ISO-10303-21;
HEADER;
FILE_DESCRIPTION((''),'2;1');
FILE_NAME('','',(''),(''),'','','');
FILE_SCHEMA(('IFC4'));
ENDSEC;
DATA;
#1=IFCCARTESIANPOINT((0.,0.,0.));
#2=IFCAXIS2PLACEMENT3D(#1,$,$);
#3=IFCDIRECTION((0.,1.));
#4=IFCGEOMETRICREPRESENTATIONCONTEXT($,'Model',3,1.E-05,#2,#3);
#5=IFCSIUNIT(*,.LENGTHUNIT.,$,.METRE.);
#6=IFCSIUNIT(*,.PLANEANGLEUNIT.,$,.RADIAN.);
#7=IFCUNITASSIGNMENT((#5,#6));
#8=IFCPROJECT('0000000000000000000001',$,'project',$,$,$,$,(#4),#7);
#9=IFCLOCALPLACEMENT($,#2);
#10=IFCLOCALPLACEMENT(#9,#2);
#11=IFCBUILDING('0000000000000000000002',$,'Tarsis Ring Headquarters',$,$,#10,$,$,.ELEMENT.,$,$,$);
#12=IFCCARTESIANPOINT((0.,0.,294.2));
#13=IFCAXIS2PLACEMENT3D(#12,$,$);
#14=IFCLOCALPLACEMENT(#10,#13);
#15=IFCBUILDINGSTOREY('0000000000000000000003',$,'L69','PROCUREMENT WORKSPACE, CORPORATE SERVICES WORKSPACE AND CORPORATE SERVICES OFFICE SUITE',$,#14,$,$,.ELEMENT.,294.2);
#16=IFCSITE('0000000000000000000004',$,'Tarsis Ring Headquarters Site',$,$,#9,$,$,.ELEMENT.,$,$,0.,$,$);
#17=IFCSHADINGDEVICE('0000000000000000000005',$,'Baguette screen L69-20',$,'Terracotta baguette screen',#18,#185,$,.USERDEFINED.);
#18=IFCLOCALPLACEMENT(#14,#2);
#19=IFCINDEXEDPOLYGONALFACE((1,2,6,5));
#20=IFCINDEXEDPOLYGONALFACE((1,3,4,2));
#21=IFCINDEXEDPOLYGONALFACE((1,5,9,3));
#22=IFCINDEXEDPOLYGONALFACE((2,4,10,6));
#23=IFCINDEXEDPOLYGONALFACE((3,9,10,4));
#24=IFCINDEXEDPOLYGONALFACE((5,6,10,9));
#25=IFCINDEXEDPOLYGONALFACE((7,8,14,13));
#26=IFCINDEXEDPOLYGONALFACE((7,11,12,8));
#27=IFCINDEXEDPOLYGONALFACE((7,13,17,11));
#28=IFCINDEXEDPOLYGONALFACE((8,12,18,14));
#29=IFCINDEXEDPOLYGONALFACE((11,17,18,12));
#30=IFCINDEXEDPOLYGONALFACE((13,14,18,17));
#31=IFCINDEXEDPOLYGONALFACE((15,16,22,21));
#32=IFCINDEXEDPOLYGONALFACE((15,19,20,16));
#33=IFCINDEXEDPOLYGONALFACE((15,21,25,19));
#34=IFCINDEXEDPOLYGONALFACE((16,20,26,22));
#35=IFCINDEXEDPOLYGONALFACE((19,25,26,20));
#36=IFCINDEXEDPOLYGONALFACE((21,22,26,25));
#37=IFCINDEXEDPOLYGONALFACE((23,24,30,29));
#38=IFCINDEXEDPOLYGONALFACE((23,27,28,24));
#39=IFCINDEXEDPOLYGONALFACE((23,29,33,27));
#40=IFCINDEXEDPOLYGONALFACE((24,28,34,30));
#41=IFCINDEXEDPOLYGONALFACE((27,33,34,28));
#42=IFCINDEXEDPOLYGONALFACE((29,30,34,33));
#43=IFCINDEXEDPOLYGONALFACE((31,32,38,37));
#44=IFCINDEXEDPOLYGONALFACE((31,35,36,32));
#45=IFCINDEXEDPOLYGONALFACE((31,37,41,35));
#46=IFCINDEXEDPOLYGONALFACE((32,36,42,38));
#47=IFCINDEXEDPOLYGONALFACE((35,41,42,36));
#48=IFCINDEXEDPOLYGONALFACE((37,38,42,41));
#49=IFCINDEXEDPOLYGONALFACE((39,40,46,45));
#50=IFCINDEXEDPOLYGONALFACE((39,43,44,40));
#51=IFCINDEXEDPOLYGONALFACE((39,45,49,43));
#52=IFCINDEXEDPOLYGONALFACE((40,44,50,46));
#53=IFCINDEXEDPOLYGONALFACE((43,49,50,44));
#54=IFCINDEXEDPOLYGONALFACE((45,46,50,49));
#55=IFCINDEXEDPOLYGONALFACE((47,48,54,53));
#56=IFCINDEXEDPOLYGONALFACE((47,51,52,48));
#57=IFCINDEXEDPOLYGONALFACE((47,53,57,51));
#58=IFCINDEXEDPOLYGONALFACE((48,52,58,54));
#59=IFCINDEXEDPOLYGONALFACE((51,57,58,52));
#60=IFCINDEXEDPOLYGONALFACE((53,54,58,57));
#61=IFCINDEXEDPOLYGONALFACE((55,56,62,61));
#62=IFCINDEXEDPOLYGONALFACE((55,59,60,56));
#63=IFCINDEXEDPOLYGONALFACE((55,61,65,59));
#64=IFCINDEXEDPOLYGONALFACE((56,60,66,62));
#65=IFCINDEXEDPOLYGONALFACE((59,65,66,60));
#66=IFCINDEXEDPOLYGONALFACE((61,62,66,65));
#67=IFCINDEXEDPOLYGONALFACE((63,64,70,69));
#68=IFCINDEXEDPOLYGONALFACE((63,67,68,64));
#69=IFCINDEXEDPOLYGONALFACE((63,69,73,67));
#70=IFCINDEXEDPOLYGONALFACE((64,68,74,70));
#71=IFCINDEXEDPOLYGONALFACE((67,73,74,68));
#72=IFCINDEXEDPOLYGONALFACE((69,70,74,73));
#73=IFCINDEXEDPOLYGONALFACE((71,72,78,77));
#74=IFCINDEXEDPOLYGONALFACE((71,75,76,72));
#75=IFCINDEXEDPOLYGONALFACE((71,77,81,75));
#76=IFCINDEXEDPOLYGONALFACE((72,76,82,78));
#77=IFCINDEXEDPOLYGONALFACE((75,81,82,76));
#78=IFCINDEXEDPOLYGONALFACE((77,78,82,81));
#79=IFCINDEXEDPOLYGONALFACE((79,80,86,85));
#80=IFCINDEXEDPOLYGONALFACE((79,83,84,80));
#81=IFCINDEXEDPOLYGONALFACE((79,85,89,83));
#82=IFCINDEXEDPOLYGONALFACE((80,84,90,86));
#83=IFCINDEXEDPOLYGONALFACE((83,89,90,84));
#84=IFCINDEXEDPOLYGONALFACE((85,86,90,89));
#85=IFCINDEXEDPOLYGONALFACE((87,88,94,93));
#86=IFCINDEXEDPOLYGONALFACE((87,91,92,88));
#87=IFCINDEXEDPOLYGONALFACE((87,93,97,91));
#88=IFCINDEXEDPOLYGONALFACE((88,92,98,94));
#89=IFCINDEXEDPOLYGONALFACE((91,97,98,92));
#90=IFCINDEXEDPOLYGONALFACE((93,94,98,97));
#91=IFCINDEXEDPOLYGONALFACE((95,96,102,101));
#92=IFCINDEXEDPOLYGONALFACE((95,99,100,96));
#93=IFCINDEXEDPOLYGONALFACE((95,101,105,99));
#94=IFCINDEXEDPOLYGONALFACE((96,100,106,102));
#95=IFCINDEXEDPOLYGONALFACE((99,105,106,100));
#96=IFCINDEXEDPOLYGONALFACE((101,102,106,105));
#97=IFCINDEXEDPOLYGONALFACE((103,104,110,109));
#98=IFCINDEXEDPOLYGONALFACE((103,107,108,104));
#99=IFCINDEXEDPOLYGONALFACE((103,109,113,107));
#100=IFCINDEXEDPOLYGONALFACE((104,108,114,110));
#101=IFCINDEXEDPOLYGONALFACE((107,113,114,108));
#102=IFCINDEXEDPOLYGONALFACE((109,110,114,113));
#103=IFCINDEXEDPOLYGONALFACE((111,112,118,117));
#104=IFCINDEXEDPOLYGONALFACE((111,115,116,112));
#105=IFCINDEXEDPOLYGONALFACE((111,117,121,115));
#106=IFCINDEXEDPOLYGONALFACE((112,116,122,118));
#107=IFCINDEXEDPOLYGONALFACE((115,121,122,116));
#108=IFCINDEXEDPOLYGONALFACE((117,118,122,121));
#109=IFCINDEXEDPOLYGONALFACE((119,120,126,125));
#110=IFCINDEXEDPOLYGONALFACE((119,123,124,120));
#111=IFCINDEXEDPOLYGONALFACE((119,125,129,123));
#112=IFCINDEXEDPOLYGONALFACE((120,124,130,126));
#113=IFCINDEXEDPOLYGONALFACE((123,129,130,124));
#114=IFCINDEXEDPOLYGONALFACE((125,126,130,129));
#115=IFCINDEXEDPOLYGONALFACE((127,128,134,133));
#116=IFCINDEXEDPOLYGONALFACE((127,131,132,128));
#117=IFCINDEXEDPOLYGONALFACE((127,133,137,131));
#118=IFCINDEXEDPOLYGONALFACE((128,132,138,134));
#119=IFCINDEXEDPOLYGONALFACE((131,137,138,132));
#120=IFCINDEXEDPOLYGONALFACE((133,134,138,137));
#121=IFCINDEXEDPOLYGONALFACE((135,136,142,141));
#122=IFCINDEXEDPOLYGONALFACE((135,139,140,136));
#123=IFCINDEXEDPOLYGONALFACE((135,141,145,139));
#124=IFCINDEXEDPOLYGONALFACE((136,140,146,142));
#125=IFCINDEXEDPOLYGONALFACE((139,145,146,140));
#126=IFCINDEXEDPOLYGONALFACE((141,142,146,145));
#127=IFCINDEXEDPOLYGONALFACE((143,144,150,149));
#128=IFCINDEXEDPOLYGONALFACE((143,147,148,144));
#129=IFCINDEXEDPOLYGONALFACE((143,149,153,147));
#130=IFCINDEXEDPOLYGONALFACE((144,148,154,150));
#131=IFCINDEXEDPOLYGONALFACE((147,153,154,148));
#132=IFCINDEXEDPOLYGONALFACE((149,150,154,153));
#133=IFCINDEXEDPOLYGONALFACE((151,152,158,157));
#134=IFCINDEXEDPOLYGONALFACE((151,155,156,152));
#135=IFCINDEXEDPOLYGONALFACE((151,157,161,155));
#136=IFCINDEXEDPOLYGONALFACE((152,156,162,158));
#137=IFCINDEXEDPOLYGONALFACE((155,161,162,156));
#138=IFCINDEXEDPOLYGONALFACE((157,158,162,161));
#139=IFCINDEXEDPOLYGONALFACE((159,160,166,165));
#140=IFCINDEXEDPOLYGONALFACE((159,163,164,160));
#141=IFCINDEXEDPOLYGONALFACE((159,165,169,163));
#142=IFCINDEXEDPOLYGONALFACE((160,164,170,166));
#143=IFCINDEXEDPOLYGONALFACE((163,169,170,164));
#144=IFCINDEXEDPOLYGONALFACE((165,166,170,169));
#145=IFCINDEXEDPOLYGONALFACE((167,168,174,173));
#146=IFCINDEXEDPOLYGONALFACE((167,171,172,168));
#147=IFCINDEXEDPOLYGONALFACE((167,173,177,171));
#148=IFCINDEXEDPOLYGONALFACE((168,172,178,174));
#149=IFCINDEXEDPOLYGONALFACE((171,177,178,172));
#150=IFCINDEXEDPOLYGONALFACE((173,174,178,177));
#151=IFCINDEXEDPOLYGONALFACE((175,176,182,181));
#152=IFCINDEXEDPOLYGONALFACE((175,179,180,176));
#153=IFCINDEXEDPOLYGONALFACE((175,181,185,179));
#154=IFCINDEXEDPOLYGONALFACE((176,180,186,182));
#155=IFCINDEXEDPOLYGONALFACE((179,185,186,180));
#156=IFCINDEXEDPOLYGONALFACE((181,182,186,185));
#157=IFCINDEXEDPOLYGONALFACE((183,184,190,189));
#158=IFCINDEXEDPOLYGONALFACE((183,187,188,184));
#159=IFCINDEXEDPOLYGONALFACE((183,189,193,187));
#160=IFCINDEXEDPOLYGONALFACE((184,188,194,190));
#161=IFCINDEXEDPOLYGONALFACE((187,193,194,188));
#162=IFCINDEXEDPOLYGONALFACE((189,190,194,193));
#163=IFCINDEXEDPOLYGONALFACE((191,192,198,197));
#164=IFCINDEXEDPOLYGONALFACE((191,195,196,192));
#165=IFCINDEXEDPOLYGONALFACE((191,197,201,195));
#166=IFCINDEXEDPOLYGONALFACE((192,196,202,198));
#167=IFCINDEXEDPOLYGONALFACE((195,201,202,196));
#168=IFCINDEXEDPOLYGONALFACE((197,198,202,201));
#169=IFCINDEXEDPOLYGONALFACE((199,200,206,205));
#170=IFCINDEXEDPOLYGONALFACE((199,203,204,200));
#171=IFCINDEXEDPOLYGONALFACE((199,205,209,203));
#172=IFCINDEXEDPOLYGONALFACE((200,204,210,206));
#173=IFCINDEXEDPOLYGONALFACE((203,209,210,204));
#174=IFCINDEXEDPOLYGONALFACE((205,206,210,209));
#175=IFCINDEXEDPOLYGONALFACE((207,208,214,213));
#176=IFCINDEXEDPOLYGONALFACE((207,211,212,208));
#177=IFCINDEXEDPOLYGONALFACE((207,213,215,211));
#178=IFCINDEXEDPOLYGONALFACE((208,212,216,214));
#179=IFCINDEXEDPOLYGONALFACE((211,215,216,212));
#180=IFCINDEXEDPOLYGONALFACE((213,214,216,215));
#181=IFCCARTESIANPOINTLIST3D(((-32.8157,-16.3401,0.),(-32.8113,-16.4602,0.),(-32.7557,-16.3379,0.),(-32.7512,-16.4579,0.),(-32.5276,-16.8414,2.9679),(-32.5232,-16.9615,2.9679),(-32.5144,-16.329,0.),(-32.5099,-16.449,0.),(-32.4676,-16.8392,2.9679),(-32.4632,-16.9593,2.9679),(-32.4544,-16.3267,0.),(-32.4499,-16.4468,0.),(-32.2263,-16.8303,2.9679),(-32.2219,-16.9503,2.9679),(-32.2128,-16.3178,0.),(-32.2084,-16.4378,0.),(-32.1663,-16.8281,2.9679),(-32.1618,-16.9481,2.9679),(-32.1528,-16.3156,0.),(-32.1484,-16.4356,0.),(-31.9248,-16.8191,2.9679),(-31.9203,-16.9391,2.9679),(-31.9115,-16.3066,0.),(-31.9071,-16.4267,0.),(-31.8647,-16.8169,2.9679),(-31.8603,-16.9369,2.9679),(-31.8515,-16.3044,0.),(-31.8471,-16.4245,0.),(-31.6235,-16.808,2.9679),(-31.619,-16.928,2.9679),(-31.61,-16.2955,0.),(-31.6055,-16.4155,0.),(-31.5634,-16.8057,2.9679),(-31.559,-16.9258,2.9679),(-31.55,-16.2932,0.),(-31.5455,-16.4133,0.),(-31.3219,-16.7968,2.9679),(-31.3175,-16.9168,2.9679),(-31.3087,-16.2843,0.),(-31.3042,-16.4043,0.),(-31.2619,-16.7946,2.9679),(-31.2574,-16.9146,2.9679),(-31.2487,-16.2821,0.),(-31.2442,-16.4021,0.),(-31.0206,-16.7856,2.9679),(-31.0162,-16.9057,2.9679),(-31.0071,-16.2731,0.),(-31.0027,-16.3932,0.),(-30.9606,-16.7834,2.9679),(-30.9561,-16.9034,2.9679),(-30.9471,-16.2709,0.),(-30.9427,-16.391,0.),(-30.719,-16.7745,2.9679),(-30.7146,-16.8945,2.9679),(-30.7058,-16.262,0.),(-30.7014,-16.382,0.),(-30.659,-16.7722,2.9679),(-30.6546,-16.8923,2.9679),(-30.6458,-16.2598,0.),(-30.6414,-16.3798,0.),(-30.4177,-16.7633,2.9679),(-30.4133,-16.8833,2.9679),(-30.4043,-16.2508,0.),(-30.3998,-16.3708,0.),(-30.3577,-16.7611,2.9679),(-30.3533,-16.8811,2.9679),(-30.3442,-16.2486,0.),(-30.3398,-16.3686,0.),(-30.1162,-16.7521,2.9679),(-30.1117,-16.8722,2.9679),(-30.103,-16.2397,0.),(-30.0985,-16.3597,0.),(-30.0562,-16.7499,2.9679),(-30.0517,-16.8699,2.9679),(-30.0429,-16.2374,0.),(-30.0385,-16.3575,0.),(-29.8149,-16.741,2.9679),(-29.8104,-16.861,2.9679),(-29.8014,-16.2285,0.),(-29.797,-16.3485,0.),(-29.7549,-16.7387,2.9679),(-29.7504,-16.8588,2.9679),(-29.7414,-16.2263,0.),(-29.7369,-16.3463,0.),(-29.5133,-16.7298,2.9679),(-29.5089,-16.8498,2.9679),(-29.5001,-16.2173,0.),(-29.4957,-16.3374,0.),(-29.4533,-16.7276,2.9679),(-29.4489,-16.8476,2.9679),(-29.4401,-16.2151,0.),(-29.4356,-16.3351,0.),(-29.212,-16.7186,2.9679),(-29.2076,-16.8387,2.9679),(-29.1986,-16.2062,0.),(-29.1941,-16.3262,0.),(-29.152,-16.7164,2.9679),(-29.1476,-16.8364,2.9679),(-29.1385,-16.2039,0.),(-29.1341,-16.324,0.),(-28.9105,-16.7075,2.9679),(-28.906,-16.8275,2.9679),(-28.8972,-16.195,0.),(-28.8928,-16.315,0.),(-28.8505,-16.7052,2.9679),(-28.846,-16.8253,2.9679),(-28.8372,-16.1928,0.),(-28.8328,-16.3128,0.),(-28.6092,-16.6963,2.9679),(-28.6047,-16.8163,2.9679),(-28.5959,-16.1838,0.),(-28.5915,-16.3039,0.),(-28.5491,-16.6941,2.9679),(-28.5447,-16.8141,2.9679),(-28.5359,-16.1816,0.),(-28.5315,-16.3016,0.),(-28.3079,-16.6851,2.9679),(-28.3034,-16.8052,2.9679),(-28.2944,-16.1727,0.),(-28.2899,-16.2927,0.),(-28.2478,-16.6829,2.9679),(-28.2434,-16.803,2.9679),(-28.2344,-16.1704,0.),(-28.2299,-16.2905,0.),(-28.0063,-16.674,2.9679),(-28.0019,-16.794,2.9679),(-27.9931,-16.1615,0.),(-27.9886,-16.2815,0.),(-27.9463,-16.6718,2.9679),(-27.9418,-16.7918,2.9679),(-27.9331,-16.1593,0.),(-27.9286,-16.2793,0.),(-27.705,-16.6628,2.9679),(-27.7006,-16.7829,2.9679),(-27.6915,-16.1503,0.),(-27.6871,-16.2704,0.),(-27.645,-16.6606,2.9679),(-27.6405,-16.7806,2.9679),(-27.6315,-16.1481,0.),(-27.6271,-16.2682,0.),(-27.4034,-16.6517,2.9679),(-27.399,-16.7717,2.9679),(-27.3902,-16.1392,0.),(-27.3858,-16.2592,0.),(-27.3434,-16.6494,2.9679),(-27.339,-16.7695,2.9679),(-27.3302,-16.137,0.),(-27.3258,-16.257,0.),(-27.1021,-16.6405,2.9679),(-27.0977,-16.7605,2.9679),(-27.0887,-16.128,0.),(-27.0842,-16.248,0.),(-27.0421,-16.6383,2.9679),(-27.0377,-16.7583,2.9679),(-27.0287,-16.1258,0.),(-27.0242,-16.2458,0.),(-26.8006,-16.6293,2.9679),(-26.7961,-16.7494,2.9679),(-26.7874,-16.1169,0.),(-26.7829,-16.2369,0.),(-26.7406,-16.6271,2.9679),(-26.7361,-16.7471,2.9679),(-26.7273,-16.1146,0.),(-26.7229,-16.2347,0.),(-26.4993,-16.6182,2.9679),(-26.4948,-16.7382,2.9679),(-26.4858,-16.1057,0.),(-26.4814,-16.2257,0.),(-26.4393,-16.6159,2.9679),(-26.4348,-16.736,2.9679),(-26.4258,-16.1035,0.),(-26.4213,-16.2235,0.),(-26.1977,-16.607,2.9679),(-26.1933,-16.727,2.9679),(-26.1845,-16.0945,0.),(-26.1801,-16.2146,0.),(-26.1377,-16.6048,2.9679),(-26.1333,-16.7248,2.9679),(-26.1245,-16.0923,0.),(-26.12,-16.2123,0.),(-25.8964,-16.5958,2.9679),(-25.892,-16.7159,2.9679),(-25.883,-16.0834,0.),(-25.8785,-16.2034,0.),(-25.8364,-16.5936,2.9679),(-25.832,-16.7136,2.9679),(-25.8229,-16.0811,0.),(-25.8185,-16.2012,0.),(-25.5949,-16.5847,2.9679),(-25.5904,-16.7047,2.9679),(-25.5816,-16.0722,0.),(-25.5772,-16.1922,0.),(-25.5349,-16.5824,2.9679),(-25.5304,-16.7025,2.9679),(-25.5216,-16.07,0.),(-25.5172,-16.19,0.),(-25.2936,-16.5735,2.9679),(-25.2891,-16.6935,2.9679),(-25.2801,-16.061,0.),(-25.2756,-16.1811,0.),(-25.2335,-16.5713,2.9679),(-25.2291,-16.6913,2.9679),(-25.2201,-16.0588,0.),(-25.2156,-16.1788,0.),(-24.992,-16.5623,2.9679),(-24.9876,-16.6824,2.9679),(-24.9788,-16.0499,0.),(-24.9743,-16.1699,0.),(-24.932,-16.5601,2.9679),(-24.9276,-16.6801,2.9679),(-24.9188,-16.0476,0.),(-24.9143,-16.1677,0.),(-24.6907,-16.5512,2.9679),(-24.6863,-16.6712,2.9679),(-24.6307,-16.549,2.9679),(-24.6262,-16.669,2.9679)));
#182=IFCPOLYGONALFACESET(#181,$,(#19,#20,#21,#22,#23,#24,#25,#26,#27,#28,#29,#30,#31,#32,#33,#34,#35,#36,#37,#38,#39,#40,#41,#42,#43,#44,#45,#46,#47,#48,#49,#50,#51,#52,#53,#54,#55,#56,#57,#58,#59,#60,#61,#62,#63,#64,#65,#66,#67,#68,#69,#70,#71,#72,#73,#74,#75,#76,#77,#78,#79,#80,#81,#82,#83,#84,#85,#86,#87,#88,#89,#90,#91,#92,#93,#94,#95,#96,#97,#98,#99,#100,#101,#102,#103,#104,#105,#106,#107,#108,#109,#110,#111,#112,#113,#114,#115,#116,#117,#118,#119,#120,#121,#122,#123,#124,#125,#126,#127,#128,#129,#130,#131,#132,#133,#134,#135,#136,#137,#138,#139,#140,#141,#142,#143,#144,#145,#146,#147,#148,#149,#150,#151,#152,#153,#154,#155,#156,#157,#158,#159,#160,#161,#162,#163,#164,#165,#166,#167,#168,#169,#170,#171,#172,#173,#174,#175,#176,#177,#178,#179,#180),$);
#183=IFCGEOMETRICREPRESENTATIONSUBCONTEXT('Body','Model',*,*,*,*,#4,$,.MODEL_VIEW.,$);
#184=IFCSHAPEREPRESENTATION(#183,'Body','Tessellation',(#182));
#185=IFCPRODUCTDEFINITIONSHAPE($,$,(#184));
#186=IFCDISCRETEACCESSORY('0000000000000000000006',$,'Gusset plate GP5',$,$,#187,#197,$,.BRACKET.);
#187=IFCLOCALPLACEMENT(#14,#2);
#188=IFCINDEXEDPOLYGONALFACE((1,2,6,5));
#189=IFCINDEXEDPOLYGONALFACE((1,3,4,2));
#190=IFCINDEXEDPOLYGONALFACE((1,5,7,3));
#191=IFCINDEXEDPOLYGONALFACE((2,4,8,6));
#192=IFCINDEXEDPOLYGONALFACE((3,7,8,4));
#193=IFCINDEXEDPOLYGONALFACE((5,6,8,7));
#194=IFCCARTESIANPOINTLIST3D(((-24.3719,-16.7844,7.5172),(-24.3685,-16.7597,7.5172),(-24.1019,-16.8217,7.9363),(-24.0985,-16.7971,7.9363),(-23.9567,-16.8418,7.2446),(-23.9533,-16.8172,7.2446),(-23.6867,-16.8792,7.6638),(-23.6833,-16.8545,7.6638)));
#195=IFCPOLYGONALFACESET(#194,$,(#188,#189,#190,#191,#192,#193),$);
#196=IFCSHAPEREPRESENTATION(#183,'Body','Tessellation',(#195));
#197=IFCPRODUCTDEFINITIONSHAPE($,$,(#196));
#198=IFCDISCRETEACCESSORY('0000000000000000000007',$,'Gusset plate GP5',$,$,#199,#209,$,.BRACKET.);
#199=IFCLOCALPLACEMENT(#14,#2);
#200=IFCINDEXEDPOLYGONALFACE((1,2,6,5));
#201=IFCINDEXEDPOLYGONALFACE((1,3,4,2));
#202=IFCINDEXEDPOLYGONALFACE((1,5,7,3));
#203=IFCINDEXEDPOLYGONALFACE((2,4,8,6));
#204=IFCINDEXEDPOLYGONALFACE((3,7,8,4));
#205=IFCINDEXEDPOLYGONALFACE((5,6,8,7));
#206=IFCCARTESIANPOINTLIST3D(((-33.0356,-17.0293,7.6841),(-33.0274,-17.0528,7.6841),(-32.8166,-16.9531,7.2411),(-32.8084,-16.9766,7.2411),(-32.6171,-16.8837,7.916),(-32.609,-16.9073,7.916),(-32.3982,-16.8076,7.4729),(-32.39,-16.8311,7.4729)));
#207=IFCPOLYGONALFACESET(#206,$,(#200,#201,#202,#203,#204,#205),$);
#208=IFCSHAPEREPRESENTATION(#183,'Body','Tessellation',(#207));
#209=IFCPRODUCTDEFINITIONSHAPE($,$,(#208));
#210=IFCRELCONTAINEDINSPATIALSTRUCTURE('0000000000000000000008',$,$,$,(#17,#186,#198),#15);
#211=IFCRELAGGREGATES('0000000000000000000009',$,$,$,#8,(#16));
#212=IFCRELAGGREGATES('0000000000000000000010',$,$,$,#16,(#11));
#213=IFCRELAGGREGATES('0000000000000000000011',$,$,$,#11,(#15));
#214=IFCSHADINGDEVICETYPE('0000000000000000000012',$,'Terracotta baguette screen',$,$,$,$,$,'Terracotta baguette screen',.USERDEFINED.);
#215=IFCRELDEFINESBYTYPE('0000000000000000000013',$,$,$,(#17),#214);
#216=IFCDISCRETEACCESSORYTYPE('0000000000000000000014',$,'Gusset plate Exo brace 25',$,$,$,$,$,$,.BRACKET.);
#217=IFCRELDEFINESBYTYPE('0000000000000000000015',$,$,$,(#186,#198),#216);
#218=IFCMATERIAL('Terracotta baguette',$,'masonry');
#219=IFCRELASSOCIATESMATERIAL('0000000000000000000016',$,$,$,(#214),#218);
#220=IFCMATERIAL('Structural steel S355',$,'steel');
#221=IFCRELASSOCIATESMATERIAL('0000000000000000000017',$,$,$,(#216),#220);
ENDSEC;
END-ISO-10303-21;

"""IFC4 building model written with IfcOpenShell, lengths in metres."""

from ifc_helpers import new_model, si_unit, direction, frame, frame_2d, origin, origin_2d, place, context, subcontext, project, spatial, rectangle, composite_profile, extrude, material, material_profile, profile_set, type_object, element, save


model = new_model("IFC4")

# Units and contexts
model_context = context("Model", 3, precision=1e-05, world=origin(), true_north=direction((0.0, 1.0)))
body_context = subcontext(model_context, "Body", "Model", "MODEL_VIEW")
ifc_project = project(units=[si_unit("LENGTHUNIT", "METRE"), si_unit("PLANEANGLEUNIT", "RADIAN")], contexts=[model_context])

# Site, building, storey
site_placement = place(None, origin())
site = spatial("IfcSite", under=ifc_project, at=site_placement, Name="Tarsis Ring Headquarters Site", CompositionType="ELEMENT", RefElevation=0.0)
building_placement = place(site_placement, origin())
building = spatial("IfcBuilding", under=site, at=building_placement, Name="Tarsis Ring Headquarters", CompositionType="ELEMENT")
storey_placement = place(building_placement, frame((0.0, 0.0, 294.2)))
storey = spatial("IfcBuildingStorey", under=building, at=storey_placement, Name="L69", Description="PROCUREMENT WORKSPACE, CORPORATE SERVICES WORKSPACE AND CORPORATE SERVICES OFFICE SUITE", CompositionType="ELEMENT", Elevation=294.2)

# Shared definitions
ifc_material_1 = material(Name="Structural steel S355", Category="steel")

# Shading device
ifc_material_2 = material(Name="Terracotta baguette", Category="masonry")
shading_device_type = type_object("IfcShadingDeviceType", Name="Terracotta baguette screen", ElementType="Terracotta baguette screen", PredefinedType="USERDEFINED", material=ifc_material_2)
shading_device_1_placement = place(storey_placement, frame((-32.8135, -16.4001, 0.0), z_axis=(0.0, 0.0, 1.0), x_axis=(0.99932, 0.037013, 0.0)))
element("IfcShadingDevice", 1, at=shading_device_1_placement, inside=storey, type_object=shading_device_type, Name="Baguette screen L69-20", ObjectType="Terracotta baguette screen", PredefinedType="USERDEFINED", context=body_context, shape_type="SweptSolid", body=[
    extrude(composite_profile([rectangle(XDim=0.0601, YDim=0.1201, at=frame_2d((0.03, 0.0))), rectangle(XDim=0.0601, YDim=0.1201, at=frame_2d((0.3315, 0.0))), rectangle(XDim=0.0601, YDim=0.1201, at=frame_2d((0.6333, 0.0))), rectangle(XDim=0.0601, YDim=0.1201, at=frame_2d((0.9348, 0.0))), rectangle(XDim=0.0601, YDim=0.1201, at=frame_2d((1.2366, 0.0))), rectangle(XDim=0.0601, YDim=0.1201, at=frame_2d((1.5381, 0.0))), rectangle(XDim=0.0601, YDim=0.1201, at=frame_2d((1.8398, 0.0))), rectangle(XDim=0.0601, YDim=0.1201, at=frame_2d((2.1414, 0.0))), rectangle(XDim=0.0601, YDim=0.1201, at=frame_2d((2.4431, 0.0))), rectangle(XDim=0.0601, YDim=0.1201, at=frame_2d((2.7446, 0.0))), rectangle(XDim=0.0601, YDim=0.1201, at=frame_2d((3.0464, 0.0))), rectangle(XDim=0.0601, YDim=0.1201, at=frame_2d((3.3479, 0.0))), rectangle(XDim=0.0601, YDim=0.1201, at=frame_2d((3.6497, 0.0))), rectangle(XDim=0.0601, YDim=0.1201, at=frame_2d((3.9512, 0.0))), rectangle(XDim=0.0601, YDim=0.1201, at=frame_2d((4.2527, 0.0))), rectangle(XDim=0.0601, YDim=0.1201, at=frame_2d((4.5544, 0.0))), rectangle(XDim=0.0601, YDim=0.1201, at=frame_2d((4.856, 0.0))), rectangle(XDim=0.0601, YDim=0.1201, at=frame_2d((5.1577, 0.0))), rectangle(XDim=0.0601, YDim=0.1201, at=frame_2d((5.4592, 0.0))), rectangle(XDim=0.0601, YDim=0.1201, at=frame_2d((5.761, 0.0))), rectangle(XDim=0.0601, YDim=0.1201, at=frame_2d((6.0625, 0.0))), rectangle(XDim=0.0601, YDim=0.1201, at=frame_2d((6.3643, 0.0))), rectangle(XDim=0.0601, YDim=0.1201, at=frame_2d((6.6658, 0.0))), rectangle(XDim=0.0601, YDim=0.1201, at=frame_2d((6.9675, 0.0))), rectangle(XDim=0.0601, YDim=0.1201, at=frame_2d((7.269, 0.0))), rectangle(XDim=0.0601, YDim=0.1201, at=frame_2d((7.5708, 0.0))), rectangle(XDim=0.0601, YDim=0.1201, at=frame_2d((7.8723, 0.0)))]), origin(), (0.089073, -0.169208, 0.981547), 3.0237),
])

# Discrete accessories
ifc_material_profile_1 = material_profile(ifc_material_1, rectangle(XDim=0.0249, YDim=0.5, at=origin_2d()), Name="PL 25x500")
ifc_profile_set_1 = profile_set([ifc_material_profile_1], Name="Structural steel S355")
discrete_accessory_type = type_object("IfcDiscreteAccessoryType", Name="Gusset plate Exo brace 25", PredefinedType="BRACKET", material=ifc_profile_set_1)
for number, where, z_axis, x_axis, name in (
    (2, (-23.8926, -16.8381, 7.8), (-0.540011, 0.074703, -0.838336), (-0.137031, -0.990567, 0.0), "Gusset plate GP5"),
    (3, (-32.8223, -16.9683, 7.8), (0.43789, 0.15231, -0.886033), (-0.328521, 0.944497, 0.0), "Gusset plate GP5"),
):
    element("IfcDiscreteAccessory", number, at=place(storey_placement, frame(where, z_axis=z_axis, x_axis=x_axis)), inside=storey, type_object=discrete_accessory_type, Name=name, PredefinedType="BRACKET", context=body_context, shape_type="SweptSolid", body=[
        extrude(rectangle(XDim=0.0249, YDim=0.5, at=origin_2d()), origin(), (0.0, 0.0, 1.0), 0.5),
    ])

save(model, "model.ifc")
